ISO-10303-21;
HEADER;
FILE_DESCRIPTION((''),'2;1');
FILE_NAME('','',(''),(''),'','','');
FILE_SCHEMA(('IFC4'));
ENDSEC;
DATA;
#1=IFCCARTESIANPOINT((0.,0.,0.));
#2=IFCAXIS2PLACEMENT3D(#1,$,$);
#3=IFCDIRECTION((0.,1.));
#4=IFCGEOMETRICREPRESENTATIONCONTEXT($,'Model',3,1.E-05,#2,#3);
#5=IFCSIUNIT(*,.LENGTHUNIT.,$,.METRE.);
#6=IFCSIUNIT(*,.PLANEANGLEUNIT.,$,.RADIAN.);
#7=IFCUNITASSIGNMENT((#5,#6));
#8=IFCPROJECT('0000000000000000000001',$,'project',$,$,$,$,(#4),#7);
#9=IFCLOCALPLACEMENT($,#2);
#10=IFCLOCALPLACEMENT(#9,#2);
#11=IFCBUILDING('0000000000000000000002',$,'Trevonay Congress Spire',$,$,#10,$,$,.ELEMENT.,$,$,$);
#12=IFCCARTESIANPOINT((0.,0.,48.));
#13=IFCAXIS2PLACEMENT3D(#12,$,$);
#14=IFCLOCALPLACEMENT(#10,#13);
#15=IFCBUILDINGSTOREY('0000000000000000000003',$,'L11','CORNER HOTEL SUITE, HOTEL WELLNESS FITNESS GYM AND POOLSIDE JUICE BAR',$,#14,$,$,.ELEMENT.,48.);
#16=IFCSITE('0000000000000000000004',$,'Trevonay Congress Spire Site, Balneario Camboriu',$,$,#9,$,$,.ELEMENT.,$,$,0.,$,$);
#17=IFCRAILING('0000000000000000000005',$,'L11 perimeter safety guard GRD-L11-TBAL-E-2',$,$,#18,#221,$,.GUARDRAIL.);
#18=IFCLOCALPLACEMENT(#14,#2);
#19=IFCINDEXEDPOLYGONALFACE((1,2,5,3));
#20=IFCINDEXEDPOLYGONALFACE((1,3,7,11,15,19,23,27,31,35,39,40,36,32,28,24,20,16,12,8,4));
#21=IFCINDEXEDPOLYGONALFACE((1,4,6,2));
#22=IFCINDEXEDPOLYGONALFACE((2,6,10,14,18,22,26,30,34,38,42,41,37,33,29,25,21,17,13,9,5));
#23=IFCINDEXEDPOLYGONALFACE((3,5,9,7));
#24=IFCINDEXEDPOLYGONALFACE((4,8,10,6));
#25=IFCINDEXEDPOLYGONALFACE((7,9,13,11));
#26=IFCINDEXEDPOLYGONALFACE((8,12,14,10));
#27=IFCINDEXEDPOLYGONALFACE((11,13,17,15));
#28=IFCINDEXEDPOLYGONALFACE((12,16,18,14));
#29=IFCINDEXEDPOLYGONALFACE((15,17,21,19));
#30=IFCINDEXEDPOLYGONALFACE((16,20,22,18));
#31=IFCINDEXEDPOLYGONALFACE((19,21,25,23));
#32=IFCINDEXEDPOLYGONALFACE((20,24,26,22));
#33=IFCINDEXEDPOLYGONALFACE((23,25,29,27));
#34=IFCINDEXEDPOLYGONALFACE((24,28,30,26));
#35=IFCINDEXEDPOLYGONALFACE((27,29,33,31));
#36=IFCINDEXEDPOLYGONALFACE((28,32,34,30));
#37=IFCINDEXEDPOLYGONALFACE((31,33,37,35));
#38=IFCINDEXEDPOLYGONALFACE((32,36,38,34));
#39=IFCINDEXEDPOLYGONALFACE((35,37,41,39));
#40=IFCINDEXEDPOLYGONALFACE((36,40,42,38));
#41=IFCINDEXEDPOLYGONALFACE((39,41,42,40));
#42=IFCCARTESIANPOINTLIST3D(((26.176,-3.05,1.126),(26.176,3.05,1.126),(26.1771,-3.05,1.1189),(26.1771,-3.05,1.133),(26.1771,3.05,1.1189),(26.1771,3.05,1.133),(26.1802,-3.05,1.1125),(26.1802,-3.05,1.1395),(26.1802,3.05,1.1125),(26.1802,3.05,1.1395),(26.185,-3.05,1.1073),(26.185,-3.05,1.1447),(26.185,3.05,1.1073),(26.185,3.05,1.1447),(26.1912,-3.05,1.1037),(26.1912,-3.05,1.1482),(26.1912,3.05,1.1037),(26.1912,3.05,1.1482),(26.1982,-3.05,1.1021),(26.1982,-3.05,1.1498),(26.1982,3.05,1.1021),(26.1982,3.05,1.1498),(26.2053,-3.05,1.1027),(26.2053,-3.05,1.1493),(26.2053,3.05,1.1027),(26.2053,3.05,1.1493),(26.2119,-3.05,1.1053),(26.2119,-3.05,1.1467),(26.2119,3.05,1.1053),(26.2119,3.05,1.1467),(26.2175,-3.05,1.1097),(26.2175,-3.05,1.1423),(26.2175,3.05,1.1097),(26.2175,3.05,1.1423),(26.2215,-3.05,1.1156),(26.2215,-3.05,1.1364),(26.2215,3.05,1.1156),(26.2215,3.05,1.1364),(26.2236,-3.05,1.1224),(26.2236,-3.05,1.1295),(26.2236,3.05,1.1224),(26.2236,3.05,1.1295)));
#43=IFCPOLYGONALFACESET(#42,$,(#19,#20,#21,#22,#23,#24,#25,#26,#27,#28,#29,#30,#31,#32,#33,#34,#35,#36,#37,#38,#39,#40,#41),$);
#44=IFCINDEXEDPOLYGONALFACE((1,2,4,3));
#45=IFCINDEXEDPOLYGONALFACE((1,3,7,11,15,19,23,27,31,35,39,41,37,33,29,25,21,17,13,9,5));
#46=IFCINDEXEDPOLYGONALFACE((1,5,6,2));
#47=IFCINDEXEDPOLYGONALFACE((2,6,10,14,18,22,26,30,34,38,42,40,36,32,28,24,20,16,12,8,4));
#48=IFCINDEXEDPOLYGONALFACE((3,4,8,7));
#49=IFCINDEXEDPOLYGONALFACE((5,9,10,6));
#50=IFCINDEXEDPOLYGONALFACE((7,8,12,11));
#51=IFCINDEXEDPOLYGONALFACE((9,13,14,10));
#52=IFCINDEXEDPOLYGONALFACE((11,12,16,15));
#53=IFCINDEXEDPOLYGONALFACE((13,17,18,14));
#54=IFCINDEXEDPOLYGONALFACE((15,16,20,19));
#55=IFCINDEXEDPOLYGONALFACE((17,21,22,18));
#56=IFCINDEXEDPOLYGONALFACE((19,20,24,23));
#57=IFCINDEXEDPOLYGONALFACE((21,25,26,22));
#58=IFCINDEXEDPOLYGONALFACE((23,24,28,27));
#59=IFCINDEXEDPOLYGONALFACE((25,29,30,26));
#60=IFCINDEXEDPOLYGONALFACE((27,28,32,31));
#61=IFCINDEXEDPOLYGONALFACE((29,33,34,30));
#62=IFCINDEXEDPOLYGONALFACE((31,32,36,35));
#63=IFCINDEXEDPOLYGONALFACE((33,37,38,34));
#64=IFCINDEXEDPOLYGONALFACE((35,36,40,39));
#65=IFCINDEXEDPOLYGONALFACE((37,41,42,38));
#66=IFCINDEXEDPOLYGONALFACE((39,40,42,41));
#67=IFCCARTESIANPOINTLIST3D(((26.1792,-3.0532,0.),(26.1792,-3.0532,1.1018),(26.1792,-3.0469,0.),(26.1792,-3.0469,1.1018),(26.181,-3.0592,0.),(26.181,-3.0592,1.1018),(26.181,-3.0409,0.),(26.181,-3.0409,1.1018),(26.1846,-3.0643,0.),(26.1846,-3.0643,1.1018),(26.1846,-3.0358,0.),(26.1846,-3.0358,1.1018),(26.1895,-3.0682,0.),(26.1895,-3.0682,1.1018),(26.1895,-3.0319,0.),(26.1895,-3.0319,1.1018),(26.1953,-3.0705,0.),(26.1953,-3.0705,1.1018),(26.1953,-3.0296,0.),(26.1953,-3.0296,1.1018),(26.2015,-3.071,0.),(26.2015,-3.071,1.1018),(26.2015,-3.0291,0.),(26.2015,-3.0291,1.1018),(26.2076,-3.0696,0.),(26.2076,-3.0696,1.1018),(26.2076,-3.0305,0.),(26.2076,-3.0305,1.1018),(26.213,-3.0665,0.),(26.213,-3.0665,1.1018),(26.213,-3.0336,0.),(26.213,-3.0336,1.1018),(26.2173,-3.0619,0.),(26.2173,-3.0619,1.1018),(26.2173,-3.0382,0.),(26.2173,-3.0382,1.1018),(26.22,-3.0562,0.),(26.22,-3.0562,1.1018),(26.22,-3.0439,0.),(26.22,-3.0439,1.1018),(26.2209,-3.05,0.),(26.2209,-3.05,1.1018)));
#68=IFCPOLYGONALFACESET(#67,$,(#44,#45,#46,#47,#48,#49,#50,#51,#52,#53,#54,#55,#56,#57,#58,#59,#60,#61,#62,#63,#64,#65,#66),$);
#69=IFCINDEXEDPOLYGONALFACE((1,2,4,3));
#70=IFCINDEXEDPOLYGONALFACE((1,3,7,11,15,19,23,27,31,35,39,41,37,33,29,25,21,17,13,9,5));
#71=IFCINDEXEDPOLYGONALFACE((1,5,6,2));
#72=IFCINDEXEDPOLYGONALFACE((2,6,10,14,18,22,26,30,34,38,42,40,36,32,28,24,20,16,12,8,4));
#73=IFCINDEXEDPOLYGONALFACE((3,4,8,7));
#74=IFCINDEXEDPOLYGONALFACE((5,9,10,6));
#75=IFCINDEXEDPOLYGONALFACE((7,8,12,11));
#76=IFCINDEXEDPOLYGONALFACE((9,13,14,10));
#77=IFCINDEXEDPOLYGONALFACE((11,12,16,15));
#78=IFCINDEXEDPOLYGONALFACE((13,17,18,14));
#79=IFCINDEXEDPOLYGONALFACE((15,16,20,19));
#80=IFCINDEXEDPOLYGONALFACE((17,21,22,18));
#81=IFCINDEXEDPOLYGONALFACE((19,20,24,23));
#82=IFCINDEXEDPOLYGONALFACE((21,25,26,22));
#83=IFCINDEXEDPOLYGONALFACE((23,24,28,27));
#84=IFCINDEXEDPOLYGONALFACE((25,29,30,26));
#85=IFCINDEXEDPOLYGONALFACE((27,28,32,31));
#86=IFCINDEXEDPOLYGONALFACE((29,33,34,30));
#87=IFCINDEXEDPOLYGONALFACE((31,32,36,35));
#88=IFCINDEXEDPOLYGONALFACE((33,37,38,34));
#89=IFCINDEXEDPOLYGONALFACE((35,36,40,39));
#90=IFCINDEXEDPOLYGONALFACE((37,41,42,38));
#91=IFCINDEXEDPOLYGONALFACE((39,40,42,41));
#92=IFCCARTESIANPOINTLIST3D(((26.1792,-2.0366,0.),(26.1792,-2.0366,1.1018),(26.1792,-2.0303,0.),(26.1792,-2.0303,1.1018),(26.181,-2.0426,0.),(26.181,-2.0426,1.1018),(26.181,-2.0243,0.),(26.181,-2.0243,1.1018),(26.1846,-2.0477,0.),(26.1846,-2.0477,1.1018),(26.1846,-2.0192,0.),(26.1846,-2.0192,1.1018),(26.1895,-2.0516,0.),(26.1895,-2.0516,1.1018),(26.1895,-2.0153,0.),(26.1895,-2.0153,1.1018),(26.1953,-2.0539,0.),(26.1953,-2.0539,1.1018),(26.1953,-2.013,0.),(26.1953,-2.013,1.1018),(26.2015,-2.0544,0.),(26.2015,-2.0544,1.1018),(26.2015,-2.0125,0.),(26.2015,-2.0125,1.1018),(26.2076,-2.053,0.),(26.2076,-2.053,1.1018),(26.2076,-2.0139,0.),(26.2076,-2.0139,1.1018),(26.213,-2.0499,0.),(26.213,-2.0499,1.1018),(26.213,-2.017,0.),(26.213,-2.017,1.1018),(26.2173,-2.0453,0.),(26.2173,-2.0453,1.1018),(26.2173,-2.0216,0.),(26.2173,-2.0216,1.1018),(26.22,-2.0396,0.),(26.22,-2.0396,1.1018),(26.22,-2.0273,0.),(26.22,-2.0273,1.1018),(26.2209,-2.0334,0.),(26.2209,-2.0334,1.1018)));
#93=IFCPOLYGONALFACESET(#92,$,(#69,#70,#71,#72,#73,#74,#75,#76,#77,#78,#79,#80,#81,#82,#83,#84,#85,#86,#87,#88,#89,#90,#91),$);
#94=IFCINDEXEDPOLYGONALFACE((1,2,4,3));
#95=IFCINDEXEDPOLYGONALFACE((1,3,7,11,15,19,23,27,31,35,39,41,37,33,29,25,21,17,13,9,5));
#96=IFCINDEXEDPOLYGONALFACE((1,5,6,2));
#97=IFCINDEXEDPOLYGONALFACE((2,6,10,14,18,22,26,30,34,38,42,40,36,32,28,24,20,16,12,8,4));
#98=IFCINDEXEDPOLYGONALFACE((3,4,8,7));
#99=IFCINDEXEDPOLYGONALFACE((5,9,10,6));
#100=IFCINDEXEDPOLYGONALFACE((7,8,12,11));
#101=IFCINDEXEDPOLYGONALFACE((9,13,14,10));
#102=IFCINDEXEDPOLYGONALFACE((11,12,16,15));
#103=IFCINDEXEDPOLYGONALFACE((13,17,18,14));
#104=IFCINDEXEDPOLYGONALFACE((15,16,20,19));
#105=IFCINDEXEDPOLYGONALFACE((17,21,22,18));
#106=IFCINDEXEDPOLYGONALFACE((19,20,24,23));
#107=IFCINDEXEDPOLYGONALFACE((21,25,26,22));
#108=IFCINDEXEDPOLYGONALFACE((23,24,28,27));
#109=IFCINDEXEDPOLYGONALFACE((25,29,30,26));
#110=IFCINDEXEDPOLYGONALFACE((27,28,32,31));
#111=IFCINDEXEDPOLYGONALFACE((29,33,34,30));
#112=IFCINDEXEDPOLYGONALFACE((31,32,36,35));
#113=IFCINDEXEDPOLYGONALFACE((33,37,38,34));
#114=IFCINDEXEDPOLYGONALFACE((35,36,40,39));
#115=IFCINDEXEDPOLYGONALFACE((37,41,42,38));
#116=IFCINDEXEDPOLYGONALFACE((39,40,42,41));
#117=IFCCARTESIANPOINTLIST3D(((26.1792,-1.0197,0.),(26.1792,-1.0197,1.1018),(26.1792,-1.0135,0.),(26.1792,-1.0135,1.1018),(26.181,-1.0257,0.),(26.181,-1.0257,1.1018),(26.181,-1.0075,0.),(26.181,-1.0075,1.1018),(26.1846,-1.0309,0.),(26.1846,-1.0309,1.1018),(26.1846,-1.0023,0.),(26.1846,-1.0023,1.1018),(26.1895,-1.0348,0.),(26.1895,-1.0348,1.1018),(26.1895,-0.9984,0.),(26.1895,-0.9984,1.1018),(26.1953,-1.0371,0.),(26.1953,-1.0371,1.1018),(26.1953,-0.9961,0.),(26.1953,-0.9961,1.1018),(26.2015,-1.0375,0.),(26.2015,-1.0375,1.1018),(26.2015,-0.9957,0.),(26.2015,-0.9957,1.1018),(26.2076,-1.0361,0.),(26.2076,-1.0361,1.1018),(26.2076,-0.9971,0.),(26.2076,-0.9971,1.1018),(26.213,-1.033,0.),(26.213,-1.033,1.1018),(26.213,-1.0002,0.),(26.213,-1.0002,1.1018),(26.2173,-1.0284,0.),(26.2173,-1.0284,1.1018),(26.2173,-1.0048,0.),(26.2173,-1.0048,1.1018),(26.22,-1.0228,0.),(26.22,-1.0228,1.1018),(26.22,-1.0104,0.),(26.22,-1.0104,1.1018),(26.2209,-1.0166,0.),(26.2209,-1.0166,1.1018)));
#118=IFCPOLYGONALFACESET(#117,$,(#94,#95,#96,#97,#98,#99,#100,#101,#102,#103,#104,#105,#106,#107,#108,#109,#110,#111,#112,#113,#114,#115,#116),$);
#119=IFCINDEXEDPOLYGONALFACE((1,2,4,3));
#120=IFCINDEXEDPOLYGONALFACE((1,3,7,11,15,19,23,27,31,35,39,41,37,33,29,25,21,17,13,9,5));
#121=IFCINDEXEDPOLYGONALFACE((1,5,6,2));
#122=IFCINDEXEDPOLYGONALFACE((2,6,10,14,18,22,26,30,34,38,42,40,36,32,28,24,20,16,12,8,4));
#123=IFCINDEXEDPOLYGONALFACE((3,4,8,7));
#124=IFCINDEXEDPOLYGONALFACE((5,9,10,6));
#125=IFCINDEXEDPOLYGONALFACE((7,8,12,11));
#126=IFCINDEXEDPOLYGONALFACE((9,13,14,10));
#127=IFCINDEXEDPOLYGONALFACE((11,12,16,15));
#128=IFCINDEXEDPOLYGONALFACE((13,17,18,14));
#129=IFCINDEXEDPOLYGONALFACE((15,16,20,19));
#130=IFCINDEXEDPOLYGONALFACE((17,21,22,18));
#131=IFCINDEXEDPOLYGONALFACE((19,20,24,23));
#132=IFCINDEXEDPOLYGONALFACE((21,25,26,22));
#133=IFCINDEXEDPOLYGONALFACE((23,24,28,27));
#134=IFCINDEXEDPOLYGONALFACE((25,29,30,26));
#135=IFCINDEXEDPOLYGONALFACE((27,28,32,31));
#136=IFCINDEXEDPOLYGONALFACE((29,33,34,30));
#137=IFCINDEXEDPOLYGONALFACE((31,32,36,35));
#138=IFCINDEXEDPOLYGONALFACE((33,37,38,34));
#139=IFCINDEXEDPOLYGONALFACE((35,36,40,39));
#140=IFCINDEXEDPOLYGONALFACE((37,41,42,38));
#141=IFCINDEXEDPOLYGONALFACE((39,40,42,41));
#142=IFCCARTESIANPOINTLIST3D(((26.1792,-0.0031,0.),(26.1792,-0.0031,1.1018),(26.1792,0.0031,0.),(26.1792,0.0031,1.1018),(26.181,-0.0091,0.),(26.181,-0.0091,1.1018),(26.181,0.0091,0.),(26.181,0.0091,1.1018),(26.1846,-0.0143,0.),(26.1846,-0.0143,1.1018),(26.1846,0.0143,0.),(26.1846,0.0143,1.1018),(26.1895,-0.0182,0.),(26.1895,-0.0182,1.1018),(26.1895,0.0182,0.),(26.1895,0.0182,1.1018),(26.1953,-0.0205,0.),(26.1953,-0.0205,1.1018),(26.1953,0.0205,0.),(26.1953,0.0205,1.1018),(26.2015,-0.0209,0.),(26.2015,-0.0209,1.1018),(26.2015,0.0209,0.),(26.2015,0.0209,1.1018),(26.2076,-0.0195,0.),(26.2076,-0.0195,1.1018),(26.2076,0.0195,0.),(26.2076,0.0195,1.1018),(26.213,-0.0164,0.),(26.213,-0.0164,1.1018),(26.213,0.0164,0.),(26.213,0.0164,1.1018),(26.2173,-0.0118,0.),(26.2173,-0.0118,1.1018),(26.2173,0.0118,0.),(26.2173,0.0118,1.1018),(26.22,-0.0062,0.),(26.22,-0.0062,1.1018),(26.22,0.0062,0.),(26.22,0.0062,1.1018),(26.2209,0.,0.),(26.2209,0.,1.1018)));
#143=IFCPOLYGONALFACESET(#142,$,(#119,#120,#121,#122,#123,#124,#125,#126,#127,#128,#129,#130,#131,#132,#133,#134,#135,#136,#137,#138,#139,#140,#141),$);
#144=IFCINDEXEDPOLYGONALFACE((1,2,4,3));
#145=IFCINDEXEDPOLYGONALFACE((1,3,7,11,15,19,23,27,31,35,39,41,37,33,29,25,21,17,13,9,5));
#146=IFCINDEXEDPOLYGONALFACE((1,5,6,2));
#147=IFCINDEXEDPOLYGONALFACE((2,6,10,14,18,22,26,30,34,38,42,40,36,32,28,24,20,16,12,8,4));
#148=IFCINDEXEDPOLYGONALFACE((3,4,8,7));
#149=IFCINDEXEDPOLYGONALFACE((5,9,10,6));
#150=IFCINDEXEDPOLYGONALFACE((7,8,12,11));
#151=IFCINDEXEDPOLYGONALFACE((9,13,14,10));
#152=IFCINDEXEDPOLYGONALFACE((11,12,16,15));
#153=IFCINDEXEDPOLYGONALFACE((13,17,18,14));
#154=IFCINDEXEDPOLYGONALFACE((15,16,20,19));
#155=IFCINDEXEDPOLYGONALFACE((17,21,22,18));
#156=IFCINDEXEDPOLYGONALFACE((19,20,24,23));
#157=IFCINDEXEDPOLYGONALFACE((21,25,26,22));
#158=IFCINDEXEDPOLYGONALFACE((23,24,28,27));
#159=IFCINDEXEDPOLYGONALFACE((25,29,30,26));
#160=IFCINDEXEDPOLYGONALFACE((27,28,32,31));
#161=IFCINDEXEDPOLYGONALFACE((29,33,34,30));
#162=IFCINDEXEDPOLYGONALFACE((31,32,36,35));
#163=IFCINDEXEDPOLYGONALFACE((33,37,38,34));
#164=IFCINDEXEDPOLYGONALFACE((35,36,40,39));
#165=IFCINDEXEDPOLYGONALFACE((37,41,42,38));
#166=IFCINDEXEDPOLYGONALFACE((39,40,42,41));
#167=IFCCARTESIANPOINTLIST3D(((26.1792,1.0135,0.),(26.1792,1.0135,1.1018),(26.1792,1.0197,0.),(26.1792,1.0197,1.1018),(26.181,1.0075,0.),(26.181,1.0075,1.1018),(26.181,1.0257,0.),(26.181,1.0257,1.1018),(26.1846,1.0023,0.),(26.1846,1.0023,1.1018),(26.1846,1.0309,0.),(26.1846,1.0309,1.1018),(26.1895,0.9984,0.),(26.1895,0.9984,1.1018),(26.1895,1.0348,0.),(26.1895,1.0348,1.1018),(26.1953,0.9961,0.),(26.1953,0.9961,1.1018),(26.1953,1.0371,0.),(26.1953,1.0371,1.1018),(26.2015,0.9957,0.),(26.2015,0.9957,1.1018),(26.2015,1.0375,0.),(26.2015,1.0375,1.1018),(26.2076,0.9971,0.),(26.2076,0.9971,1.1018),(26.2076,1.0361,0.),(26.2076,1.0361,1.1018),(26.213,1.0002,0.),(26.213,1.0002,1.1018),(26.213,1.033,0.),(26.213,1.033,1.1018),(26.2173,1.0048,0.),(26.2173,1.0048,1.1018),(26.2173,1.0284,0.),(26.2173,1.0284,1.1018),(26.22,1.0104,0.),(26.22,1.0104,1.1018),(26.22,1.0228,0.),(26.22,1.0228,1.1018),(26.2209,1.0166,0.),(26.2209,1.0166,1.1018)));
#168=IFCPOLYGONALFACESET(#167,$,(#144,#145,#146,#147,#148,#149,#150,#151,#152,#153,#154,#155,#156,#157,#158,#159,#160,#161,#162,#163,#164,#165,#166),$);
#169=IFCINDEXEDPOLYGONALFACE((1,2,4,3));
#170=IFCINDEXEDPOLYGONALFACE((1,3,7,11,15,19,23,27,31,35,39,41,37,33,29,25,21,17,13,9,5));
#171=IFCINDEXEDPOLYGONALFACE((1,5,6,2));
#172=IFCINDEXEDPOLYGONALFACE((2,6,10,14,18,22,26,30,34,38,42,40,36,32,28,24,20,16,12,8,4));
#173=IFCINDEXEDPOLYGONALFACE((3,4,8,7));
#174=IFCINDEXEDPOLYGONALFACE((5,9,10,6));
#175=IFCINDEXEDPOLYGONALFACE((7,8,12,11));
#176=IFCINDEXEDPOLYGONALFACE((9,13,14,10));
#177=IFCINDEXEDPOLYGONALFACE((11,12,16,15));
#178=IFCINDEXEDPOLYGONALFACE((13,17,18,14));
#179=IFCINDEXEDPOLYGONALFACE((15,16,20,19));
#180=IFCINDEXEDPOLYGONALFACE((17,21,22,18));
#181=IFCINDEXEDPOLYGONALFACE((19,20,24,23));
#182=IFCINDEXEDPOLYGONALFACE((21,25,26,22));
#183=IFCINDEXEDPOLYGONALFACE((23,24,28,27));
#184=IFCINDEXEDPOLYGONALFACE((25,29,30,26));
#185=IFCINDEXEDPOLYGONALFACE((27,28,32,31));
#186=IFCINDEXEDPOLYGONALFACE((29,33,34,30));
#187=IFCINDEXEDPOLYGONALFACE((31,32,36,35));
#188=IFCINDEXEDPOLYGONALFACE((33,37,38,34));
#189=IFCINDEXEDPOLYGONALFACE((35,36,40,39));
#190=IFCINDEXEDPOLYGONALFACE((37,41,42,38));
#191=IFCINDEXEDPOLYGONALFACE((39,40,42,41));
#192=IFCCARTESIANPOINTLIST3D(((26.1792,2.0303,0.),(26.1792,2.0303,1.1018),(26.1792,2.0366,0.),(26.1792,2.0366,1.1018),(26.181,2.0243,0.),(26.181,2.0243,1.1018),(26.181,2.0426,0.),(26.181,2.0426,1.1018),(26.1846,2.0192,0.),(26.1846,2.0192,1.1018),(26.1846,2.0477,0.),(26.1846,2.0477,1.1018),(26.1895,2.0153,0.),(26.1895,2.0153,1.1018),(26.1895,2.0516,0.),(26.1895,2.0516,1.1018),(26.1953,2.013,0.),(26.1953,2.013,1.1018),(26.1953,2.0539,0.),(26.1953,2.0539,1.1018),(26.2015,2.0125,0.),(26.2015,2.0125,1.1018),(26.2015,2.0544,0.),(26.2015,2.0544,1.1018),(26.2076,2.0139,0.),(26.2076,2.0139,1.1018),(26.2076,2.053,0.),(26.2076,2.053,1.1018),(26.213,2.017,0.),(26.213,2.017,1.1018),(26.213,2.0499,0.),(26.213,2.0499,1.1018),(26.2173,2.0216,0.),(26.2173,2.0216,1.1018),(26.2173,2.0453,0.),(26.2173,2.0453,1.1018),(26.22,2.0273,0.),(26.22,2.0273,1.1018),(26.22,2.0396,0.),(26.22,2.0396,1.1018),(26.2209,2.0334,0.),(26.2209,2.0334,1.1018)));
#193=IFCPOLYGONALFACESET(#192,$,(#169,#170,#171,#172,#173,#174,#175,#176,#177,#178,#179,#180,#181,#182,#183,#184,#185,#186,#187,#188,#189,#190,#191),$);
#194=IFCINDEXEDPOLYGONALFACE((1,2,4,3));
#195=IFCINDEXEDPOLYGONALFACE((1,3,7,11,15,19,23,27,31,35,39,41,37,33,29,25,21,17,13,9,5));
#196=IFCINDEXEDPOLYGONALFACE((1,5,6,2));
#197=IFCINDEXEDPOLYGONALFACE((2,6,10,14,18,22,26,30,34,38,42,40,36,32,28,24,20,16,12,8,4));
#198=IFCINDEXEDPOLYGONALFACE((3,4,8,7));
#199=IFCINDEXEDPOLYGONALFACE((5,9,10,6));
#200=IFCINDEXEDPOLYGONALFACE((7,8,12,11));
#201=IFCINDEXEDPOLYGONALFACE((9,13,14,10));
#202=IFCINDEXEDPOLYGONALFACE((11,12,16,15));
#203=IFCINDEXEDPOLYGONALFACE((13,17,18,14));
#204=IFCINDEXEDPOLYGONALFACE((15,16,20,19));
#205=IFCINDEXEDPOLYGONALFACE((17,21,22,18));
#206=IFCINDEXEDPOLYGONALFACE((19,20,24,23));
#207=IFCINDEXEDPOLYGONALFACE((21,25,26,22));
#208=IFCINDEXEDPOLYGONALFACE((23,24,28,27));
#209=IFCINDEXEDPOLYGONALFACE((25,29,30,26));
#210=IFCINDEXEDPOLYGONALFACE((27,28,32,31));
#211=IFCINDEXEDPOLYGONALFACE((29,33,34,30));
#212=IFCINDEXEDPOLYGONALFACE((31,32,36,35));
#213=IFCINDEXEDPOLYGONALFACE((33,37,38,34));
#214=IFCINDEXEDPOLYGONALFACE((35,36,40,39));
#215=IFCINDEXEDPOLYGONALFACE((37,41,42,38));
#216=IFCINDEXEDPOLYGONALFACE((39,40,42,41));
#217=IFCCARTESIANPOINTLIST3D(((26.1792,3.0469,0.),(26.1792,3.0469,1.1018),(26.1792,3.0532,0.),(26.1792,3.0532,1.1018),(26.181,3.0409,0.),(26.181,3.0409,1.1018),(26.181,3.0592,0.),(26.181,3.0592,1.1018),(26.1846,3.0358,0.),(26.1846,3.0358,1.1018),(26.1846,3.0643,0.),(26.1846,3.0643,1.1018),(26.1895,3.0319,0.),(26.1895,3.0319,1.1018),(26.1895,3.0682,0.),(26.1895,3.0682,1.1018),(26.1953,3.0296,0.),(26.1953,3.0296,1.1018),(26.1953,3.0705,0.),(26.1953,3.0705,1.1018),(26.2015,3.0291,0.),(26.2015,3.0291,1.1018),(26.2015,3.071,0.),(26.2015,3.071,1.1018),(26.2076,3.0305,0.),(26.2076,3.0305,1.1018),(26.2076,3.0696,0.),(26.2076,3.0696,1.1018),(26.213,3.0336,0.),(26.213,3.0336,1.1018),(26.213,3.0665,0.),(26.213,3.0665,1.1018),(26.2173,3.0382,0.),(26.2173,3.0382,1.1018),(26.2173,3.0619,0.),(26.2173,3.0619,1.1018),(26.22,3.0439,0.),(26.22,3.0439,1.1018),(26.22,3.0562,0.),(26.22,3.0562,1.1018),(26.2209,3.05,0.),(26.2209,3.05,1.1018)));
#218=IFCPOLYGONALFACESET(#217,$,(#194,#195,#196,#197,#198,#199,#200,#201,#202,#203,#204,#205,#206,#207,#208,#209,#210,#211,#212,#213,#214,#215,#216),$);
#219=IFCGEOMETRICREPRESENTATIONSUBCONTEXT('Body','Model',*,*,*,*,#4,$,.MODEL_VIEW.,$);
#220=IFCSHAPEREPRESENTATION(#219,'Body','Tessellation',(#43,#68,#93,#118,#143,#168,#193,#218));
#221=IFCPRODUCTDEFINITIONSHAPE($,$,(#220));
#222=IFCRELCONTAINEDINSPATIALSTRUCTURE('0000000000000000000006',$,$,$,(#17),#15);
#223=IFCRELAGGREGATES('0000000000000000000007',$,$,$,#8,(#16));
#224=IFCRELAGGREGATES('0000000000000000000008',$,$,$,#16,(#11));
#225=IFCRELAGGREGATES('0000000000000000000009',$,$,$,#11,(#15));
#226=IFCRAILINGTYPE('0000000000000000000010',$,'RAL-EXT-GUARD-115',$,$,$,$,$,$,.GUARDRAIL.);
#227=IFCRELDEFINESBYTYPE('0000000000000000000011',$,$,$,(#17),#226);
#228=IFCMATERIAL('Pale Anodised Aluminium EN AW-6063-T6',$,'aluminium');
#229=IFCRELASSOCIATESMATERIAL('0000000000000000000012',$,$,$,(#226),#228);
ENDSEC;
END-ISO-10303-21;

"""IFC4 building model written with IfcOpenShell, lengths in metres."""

from ifc_helpers import new_model, si_unit, direction, frame, origin, origin_2d, place, context, subcontext, project, spatial, circle, extrude, material, type_object, element, save


model = new_model("IFC4")

# Units and contexts
model_context = context("Model", 3, precision=1e-05, world=origin(), true_north=direction((0.0, 1.0)))
body_context = subcontext(model_context, "Body", "Model", "MODEL_VIEW")
ifc_project = project(units=[si_unit("LENGTHUNIT", "METRE"), si_unit("PLANEANGLEUNIT", "RADIAN")], contexts=[model_context])

# Site, building, storey
site_placement = place(None, origin())
site = spatial("IfcSite", under=ifc_project, at=site_placement, Name="Trevonay Congress Spire Site, Balneario Camboriu", CompositionType="ELEMENT", RefElevation=0.0)
building_placement = place(site_placement, origin())
building = spatial("IfcBuilding", under=site, at=building_placement, Name="Trevonay Congress Spire", CompositionType="ELEMENT")
storey_placement = place(building_placement, frame((0.0, 0.0, 48.0)))
storey = spatial("IfcBuildingStorey", under=building, at=storey_placement, Name="L11", Description="CORNER HOTEL SUITE, HOTEL WELLNESS FITNESS GYM AND POOLSIDE JUICE BAR", CompositionType="ELEMENT", Elevation=48.0)

# Shared definitions
ifc_material_1 = material(Name="Pale Anodised Aluminium EN AW-6063-T6", Category="aluminium")

# Railing
railing_type = type_object("IfcRailingType", Name="RAL-EXT-GUARD-115", PredefinedType="GUARDRAIL", material=ifc_material_1)
railing_1_placement = place(storey_placement, frame((26.2, -3.05, 0.0)))
element("IfcRailing", 1, at=railing_1_placement, inside=storey, type_object=railing_type, Name="L11 perimeter safety guard GRD-L11-TBAL-E-2", PredefinedType="GUARDRAIL", context=body_context, shape_type="SweptSolid", body=[
    extrude(circle(Radius=0.0239, at=origin_2d()), frame((0.0, 0.0, 1.126), z_axis=(0.0, 1.0, 0.0), x_axis=(-1.0, 0.0, 0.0)), (0.0, 0.0, 1.0), 6.1001),
    extrude(circle(Radius=0.021, at=origin_2d()), origin(), (0.0, 0.0, 1.0), 1.1018),
    extrude(circle(Radius=0.021, at=origin_2d()), frame((0.0, 1.0166, 0.0)), (0.0, 0.0, 1.0), 1.1018),
    extrude(circle(Radius=0.021, at=origin_2d()), frame((0.0, 2.0334, 0.0)), (0.0, 0.0, 1.0), 1.1018),
    extrude(circle(Radius=0.021, at=origin_2d()), frame((0.0, 3.05, 0.0)), (0.0, 0.0, 1.0), 1.1018),
    extrude(circle(Radius=0.021, at=origin_2d()), frame((0.0, 4.0667, 0.0)), (0.0, 0.0, 1.0), 1.1018),
    extrude(circle(Radius=0.021, at=origin_2d()), frame((0.0, 5.0835, 0.0)), (0.0, 0.0, 1.0), 1.1018),
    extrude(circle(Radius=0.021, at=origin_2d()), frame((0.0, 6.1001, 0.0)), (0.0, 0.0, 1.0), 1.1018),
])

save(model, "model.ifc")
